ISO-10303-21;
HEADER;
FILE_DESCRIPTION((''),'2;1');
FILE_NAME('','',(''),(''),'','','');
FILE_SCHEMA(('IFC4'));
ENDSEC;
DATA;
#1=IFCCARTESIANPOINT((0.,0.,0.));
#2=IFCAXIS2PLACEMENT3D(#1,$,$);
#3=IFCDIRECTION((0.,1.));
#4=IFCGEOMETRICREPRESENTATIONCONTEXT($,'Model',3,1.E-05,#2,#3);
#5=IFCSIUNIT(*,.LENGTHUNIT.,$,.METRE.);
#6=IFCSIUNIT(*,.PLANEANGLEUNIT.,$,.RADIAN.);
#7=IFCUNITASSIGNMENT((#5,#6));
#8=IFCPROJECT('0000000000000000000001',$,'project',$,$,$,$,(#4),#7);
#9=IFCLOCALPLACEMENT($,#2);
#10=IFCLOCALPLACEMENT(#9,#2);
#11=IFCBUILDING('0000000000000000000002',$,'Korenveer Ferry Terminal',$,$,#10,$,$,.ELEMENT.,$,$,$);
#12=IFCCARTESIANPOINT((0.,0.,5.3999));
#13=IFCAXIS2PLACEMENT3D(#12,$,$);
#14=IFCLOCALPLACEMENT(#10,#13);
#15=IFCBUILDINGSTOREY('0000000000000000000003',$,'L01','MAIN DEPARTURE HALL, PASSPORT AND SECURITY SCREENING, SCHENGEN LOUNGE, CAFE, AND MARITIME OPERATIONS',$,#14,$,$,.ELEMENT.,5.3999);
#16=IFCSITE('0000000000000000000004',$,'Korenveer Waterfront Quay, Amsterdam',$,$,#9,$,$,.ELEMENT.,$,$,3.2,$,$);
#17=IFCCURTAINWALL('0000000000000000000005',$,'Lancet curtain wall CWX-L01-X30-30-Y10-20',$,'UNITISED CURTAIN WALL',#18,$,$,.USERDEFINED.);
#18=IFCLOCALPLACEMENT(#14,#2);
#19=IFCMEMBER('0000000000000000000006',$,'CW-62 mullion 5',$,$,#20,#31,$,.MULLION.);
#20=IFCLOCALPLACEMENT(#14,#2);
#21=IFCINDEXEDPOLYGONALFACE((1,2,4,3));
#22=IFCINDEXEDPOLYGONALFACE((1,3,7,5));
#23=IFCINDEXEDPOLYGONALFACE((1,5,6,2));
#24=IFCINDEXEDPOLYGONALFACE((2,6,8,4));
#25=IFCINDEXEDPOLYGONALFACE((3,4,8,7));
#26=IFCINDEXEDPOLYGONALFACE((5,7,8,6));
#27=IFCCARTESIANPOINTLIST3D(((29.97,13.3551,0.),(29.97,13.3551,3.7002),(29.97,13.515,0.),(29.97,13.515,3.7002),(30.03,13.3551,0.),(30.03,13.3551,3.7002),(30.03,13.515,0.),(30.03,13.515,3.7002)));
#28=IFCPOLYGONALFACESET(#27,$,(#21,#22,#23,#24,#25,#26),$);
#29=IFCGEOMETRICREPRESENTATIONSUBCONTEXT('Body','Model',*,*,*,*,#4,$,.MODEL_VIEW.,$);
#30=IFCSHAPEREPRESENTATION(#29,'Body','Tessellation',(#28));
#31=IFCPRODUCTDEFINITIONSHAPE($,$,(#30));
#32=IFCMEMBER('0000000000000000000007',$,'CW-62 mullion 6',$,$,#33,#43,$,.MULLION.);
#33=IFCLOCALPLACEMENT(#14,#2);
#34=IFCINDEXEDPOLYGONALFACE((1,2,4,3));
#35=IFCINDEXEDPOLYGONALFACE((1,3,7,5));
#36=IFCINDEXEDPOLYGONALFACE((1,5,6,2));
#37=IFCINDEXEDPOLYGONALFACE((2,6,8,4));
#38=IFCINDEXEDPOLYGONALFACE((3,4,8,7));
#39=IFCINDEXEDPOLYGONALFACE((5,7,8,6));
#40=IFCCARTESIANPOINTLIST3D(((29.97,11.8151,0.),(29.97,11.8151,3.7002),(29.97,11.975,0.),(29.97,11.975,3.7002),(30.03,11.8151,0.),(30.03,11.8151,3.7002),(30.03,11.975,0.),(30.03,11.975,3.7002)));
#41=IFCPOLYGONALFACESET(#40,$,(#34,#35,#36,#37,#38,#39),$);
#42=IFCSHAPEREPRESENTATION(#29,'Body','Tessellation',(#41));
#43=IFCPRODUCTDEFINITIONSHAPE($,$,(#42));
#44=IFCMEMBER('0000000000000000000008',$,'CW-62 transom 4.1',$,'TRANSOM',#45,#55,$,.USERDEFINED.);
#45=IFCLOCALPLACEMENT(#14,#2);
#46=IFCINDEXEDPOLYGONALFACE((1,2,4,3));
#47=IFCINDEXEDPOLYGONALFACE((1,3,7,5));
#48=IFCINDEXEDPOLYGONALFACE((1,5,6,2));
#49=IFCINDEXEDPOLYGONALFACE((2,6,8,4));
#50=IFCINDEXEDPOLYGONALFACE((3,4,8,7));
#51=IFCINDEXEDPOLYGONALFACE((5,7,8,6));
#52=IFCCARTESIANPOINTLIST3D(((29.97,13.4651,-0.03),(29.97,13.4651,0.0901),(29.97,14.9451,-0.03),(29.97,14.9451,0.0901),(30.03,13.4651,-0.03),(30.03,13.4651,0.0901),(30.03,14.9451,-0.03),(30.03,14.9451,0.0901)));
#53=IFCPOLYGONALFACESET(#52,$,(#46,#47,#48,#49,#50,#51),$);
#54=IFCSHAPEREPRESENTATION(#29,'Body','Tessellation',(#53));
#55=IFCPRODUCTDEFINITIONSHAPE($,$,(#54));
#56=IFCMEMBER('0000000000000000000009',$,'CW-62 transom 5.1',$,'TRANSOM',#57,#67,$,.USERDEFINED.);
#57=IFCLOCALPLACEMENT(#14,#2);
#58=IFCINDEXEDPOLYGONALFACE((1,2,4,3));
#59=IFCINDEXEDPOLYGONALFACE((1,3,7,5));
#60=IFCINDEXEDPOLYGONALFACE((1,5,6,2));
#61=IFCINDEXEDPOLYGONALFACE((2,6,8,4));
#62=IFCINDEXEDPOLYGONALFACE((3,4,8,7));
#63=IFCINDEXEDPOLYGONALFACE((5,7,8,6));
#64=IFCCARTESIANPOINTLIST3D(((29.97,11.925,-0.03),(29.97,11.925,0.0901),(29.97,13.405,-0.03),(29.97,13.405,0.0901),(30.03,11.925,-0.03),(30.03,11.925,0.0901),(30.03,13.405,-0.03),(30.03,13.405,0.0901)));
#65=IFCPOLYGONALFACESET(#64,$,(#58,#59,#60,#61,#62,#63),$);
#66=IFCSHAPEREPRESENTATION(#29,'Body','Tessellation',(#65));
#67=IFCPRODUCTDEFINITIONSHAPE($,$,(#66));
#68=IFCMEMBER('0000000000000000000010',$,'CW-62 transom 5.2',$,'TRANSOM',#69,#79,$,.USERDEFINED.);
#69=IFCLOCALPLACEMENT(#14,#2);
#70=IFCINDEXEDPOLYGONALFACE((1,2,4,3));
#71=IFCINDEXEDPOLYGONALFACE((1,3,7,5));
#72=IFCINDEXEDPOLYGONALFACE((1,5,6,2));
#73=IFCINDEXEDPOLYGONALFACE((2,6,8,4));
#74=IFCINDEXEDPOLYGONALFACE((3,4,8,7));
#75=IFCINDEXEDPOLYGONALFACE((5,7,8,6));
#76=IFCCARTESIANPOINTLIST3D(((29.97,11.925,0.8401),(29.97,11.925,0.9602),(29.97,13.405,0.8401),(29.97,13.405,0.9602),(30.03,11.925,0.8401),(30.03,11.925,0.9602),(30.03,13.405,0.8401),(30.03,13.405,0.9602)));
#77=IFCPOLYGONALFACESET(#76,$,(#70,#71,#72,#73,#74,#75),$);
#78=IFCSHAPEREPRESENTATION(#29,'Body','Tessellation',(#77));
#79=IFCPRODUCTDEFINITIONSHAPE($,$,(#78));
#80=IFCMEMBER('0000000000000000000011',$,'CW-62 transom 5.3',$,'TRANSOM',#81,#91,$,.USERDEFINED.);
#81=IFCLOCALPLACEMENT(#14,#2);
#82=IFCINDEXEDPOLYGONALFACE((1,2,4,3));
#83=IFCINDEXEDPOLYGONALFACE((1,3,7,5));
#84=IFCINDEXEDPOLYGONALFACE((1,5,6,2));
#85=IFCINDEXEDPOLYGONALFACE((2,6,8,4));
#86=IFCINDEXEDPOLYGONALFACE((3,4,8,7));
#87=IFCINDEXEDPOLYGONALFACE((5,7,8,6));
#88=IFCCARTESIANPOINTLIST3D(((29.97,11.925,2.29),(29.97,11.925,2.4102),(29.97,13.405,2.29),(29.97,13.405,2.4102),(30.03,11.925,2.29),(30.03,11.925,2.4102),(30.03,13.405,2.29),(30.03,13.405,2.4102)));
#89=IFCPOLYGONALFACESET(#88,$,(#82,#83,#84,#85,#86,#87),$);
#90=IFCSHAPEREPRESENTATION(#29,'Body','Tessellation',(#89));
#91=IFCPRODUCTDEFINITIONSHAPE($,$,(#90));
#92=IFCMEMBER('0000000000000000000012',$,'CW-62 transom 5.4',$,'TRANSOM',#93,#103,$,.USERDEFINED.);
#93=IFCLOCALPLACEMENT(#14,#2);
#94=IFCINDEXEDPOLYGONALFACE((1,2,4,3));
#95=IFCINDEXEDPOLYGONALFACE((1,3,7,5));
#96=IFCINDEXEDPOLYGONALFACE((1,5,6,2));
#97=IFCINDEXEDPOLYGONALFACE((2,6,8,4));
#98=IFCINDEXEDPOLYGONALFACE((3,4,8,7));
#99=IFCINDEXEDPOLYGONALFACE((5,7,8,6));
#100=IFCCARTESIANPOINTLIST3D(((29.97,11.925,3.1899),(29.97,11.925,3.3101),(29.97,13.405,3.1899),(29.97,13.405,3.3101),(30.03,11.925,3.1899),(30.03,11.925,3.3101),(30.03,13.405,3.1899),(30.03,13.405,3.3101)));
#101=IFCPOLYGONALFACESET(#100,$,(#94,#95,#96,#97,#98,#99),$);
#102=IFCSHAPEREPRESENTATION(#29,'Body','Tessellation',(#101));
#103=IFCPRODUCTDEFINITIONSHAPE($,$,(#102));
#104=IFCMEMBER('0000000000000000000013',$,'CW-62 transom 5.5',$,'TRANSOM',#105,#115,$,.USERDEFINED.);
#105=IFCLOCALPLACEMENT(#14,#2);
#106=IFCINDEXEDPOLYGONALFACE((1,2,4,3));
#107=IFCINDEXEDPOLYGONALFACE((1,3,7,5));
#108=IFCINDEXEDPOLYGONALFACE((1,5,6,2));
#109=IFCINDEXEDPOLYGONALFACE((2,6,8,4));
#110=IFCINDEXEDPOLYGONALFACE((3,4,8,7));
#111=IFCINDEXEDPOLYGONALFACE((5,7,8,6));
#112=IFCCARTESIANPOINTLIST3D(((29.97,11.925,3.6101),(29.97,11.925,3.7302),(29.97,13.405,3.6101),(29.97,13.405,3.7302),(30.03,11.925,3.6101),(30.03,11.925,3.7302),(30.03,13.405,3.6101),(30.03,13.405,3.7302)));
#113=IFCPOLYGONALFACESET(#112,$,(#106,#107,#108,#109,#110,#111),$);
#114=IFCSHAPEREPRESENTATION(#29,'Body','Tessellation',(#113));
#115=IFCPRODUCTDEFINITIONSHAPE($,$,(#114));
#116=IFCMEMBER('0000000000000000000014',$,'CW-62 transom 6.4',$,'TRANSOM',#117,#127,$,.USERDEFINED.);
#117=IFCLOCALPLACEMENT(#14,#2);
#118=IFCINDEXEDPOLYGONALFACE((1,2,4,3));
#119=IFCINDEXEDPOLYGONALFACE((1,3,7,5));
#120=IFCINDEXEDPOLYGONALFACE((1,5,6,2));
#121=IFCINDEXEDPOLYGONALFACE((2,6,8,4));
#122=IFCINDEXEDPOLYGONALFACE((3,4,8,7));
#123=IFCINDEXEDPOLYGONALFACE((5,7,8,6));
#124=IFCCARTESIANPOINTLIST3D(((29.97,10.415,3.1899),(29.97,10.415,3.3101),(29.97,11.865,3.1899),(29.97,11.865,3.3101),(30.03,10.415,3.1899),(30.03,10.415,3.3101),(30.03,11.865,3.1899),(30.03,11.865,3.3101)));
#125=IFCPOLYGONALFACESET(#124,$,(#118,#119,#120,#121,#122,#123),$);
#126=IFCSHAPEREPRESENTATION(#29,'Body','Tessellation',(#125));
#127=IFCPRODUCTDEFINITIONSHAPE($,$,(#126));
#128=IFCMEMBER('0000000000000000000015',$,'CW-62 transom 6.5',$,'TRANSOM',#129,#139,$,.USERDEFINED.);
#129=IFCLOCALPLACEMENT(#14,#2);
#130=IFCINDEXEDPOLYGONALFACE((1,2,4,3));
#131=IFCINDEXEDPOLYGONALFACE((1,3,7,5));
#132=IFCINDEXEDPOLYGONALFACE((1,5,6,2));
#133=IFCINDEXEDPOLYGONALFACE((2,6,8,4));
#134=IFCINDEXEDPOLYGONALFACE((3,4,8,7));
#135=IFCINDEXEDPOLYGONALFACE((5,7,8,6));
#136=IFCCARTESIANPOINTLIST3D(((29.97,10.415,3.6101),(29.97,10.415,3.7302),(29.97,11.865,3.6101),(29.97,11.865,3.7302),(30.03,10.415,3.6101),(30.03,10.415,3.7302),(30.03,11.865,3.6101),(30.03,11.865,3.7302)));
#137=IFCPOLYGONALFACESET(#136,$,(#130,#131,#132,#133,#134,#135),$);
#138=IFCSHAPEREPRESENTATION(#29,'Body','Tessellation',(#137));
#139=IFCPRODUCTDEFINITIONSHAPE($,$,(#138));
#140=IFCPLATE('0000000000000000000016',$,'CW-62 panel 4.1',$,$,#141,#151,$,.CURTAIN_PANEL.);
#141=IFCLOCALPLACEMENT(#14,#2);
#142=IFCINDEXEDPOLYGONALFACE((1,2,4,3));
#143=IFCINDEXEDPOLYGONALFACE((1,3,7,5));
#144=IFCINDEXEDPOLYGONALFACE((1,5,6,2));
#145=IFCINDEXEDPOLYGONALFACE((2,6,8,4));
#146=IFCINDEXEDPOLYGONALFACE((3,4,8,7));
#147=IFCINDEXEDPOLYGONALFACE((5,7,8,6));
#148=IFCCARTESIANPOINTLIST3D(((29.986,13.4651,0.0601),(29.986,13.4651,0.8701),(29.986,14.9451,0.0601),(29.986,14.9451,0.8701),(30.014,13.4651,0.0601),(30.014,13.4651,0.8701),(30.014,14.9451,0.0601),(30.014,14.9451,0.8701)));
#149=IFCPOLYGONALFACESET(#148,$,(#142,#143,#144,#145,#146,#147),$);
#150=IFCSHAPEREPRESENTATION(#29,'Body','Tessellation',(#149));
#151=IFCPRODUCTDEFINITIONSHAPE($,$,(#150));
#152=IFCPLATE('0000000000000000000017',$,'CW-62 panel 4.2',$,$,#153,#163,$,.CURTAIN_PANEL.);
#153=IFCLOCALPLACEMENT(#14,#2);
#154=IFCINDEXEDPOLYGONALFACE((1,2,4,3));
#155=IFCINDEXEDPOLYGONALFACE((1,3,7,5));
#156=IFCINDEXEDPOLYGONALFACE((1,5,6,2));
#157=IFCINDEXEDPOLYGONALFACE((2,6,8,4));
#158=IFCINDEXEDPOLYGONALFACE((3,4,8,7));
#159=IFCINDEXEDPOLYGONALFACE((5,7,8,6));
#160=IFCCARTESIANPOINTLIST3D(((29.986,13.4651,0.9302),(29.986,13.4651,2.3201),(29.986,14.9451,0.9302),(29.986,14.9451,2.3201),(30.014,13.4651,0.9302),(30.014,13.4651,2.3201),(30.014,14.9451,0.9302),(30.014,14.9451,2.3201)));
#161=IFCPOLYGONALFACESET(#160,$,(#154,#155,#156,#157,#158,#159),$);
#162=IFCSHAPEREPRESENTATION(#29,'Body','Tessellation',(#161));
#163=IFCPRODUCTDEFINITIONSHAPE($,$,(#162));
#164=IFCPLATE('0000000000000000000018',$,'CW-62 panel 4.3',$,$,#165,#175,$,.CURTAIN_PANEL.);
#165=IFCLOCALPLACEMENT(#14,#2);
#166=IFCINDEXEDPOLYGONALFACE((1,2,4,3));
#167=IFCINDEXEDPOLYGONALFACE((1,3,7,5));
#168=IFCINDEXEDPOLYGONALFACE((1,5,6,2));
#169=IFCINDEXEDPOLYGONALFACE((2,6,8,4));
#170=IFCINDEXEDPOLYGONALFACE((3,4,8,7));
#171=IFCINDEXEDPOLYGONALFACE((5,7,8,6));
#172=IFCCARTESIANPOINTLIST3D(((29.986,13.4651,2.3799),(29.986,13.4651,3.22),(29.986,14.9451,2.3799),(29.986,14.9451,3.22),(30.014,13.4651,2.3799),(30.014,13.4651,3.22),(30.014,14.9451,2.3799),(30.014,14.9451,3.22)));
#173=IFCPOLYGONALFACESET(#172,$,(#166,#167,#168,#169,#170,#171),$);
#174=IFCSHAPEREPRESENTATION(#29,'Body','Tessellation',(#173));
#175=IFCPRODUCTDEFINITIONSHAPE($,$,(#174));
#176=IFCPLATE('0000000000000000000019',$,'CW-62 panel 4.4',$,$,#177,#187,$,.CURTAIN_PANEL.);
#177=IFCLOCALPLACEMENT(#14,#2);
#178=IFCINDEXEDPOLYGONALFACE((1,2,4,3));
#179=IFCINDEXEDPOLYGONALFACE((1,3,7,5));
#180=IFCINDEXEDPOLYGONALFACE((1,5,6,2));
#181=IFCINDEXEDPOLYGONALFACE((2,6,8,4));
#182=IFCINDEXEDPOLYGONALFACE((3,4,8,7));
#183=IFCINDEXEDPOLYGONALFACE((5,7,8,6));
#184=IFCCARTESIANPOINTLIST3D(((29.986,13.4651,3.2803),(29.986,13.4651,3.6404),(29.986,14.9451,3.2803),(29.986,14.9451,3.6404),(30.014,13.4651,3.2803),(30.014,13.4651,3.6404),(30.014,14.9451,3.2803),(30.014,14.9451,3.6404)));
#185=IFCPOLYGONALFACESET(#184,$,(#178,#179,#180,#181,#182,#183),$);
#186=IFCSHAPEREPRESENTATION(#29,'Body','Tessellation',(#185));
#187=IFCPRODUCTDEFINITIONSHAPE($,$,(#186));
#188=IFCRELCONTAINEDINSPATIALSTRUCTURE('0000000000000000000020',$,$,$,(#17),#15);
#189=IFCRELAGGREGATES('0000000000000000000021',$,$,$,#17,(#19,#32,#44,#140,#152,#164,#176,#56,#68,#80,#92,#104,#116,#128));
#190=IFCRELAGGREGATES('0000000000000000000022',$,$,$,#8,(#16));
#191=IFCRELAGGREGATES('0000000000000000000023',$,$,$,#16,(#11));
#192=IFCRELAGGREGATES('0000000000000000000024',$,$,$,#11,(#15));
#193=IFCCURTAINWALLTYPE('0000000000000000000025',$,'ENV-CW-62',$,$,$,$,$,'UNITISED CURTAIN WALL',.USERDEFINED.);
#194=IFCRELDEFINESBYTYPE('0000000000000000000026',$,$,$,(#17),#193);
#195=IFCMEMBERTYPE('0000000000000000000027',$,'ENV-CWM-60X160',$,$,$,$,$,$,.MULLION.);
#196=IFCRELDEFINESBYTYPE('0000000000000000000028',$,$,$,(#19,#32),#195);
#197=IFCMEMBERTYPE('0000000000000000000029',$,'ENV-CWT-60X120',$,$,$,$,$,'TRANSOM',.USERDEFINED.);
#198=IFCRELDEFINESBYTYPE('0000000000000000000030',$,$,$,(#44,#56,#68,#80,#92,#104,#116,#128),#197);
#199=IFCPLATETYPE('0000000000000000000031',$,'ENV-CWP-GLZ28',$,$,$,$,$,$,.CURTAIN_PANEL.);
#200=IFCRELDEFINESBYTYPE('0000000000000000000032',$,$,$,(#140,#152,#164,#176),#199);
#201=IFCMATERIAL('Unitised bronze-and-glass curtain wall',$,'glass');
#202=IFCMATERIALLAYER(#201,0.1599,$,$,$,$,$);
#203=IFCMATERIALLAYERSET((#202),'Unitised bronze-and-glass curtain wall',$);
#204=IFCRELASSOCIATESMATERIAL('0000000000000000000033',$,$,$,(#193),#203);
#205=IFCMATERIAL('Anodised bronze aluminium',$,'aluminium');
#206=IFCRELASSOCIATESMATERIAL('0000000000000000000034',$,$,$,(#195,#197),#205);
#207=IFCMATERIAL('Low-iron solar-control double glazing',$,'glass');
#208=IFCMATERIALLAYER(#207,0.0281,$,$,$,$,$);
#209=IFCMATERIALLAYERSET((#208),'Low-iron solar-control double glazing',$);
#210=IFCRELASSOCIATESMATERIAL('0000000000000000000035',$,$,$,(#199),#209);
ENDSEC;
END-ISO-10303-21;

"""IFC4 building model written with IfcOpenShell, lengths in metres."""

from ifc_helpers import new_model, si_unit, direction, frame, origin, origin_2d, place, context, subcontext, project, spatial, rectangle, extrude, material, layer, layer_set, material_profile, profile_set, type_object, element, aggregate, save


model = new_model("IFC4")

# Units and contexts
model_context = context("Model", 3, precision=1e-05, world=origin(), true_north=direction((0.0, 1.0)))
body_context = subcontext(model_context, "Body", "Model", "MODEL_VIEW")
ifc_project = project(units=[si_unit("LENGTHUNIT", "METRE"), si_unit("PLANEANGLEUNIT", "RADIAN")], contexts=[model_context])

# Site, building, storey
site_placement = place(None, origin())
site = spatial("IfcSite", under=ifc_project, at=site_placement, Name="Korenveer Waterfront Quay, Amsterdam", CompositionType="ELEMENT", RefElevation=3.2)
building_placement = place(site_placement, origin())
building = spatial("IfcBuilding", under=site, at=building_placement, Name="Korenveer Ferry Terminal", CompositionType="ELEMENT")
storey_placement = place(building_placement, frame((0.0, 0.0, 5.3999)))
storey = spatial("IfcBuildingStorey", under=building, at=storey_placement, Name="L01", Description="MAIN DEPARTURE HALL, PASSPORT AND SECURITY SCREENING, SCHENGEN LOUNGE, CAFE, AND MARITIME OPERATIONS", CompositionType="ELEMENT", Elevation=5.3999)

# Curtain wall, members, plates
ifc_material_1 = material(Name="Unitised bronze-and-glass curtain wall", Category="glass")
ifc_layer_1 = layer(ifc_material_1, 0.1599)
ifc_layer_set_1 = layer_set([ifc_layer_1], Name="Unitised bronze-and-glass curtain wall")
curtain_wall_type = type_object("IfcCurtainWallType", Name="ENV-CW-62", ElementType="UNITISED CURTAIN WALL", PredefinedType="USERDEFINED", material=ifc_layer_set_1)
curtain_wall_placement = place(storey_placement, frame((30.0, 19.595, 0.0)))
curtain_wall = element("IfcCurtainWall", 1, at=curtain_wall_placement, inside=storey, type_object=curtain_wall_type, Name="Lancet curtain wall CWX-L01-X30-30-Y10-20", ObjectType="UNITISED CURTAIN WALL", PredefinedType="USERDEFINED")
ifc_material_2 = material(Name="Anodised bronze aluminium", Category="aluminium")
ifc_material_profile_1 = material_profile(ifc_material_2, rectangle(XDim=0.0601, YDim=0.1599, at=origin_2d()), Name="ALU 60x160")
ifc_profile_set_1 = profile_set([ifc_material_profile_1], Name="Anodised bronze aluminium")
member_type_1 = type_object("IfcMemberType", Name="ENV-CWM-60X160", PredefinedType="MULLION", material=ifc_profile_set_1)
member_1_placement = place(storey_placement, frame((30.0, 13.4351, 0.0), z_axis=(0.0, 0.0, 1.0), x_axis=(1.0, 0.0, 0.0)))
member_1 = element("IfcMember", 2, at=member_1_placement, type_object=member_type_1, Name="CW-62 mullion 5", PredefinedType="MULLION", context=body_context, shape_type="SweptSolid", body=[
    extrude(rectangle(XDim=0.0601, YDim=0.1599, at=origin_2d()), origin(), (0.0, 0.0, 1.0), 3.7002),
])
member_2_placement = place(storey_placement, frame((30.0, 11.895, 0.0), z_axis=(0.0, 0.0, 1.0), x_axis=(1.0, 0.0, 0.0)))
member_2 = element("IfcMember", 3, at=member_2_placement, type_object=member_type_1, Name="CW-62 mullion 6", PredefinedType="MULLION", context=body_context, shape_type="SweptSolid", body=[
    extrude(rectangle(XDim=0.0601, YDim=0.1599, at=origin_2d()), origin(), (0.0, 0.0, 1.0), 3.7002),
])
ifc_material_profile_2 = material_profile(ifc_material_2, rectangle(XDim=0.0601, YDim=0.1201, at=origin_2d()), Name="ALU 60x120")
ifc_profile_set_2 = profile_set([ifc_material_profile_2], Name="Anodised bronze aluminium")
member_type_2 = type_object("IfcMemberType", Name="ENV-CWT-60X120", ElementType="TRANSOM", PredefinedType="USERDEFINED", material=ifc_profile_set_2)
member_3_placement = place(storey_placement, frame((30.0, 14.9451, 0.03), z_axis=(0.0, -1.0, 0.0), x_axis=(1.0, 0.0, 0.0)))
member_3 = element("IfcMember", 4, at=member_3_placement, type_object=member_type_2, Name="CW-62 transom 4.1", ObjectType="TRANSOM", PredefinedType="USERDEFINED", context=body_context, shape_type="SweptSolid", body=[
    extrude(rectangle(XDim=0.0601, YDim=0.1201, at=origin_2d()), origin(), (0.0, 0.0, 1.0), 1.48),
])
member_4_placement = place(storey_placement, frame((30.0, 13.405, 0.03), z_axis=(0.0, -1.0, 0.0), x_axis=(1.0, 0.0, 0.0)))
member_4 = element("IfcMember", 5, at=member_4_placement, type_object=member_type_2, Name="CW-62 transom 5.1", ObjectType="TRANSOM", PredefinedType="USERDEFINED", context=body_context, shape_type="SweptSolid", body=[
    extrude(rectangle(XDim=0.0601, YDim=0.1201, at=origin_2d()), origin(), (0.0, 0.0, 1.0), 1.48),
])
member_5_placement = place(storey_placement, frame((30.0, 13.405, 0.9001), z_axis=(0.0, -1.0, 0.0), x_axis=(1.0, 0.0, 0.0)))
member_5 = element("IfcMember", 6, at=member_5_placement, type_object=member_type_2, Name="CW-62 transom 5.2", ObjectType="TRANSOM", PredefinedType="USERDEFINED", context=body_context, shape_type="SweptSolid", body=[
    extrude(rectangle(XDim=0.0601, YDim=0.1201, at=origin_2d()), origin(), (0.0, 0.0, 1.0), 1.48),
])
member_6_placement = place(storey_placement, frame((30.0, 13.405, 2.3501), z_axis=(0.0, -1.0, 0.0), x_axis=(1.0, 0.0, 0.0)))
member_6 = element("IfcMember", 7, at=member_6_placement, type_object=member_type_2, Name="CW-62 transom 5.3", ObjectType="TRANSOM", PredefinedType="USERDEFINED", context=body_context, shape_type="SweptSolid", body=[
    extrude(rectangle(XDim=0.0601, YDim=0.1201, at=origin_2d()), origin(), (0.0, 0.0, 1.0), 1.48),
])
member_7_placement = place(storey_placement, frame((30.0, 13.405, 3.25), z_axis=(0.0, -1.0, 0.0), x_axis=(1.0, 0.0, 0.0)))
member_7 = element("IfcMember", 8, at=member_7_placement, type_object=member_type_2, Name="CW-62 transom 5.4", ObjectType="TRANSOM", PredefinedType="USERDEFINED", context=body_context, shape_type="SweptSolid", body=[
    extrude(rectangle(XDim=0.0601, YDim=0.1201, at=origin_2d()), origin(), (0.0, 0.0, 1.0), 1.48),
])
member_8_placement = place(storey_placement, frame((30.0, 13.405, 3.6702), z_axis=(0.0, -1.0, 0.0), x_axis=(1.0, 0.0, 0.0)))
member_8 = element("IfcMember", 9, at=member_8_placement, type_object=member_type_2, Name="CW-62 transom 5.5", ObjectType="TRANSOM", PredefinedType="USERDEFINED", context=body_context, shape_type="SweptSolid", body=[
    extrude(rectangle(XDim=0.0601, YDim=0.1201, at=origin_2d()), origin(), (0.0, 0.0, 1.0), 1.48),
])
member_9_placement = place(storey_placement, frame((30.0, 11.865, 3.25), z_axis=(0.0, -1.0, 0.0), x_axis=(1.0, 0.0, 0.0)))
member_9 = element("IfcMember", 10, at=member_9_placement, type_object=member_type_2, Name="CW-62 transom 6.4", ObjectType="TRANSOM", PredefinedType="USERDEFINED", context=body_context, shape_type="SweptSolid", body=[
    extrude(rectangle(XDim=0.0601, YDim=0.1201, at=origin_2d()), origin(), (0.0, 0.0, 1.0), 1.45),
])
member_10_placement = place(storey_placement, frame((30.0, 11.865, 3.6702), z_axis=(0.0, -1.0, 0.0), x_axis=(1.0, 0.0, 0.0)))
member_10 = element("IfcMember", 11, at=member_10_placement, type_object=member_type_2, Name="CW-62 transom 6.5", ObjectType="TRANSOM", PredefinedType="USERDEFINED", context=body_context, shape_type="SweptSolid", body=[
    extrude(rectangle(XDim=0.0601, YDim=0.1201, at=origin_2d()), origin(), (0.0, 0.0, 1.0), 1.45),
])
ifc_material_3 = material(Name="Low-iron solar-control double glazing", Category="glass")
ifc_layer_2 = layer(ifc_material_3, 0.0281)
ifc_layer_set_2 = layer_set([ifc_layer_2], Name="Low-iron solar-control double glazing")
plate_type = type_object("IfcPlateType", Name="ENV-CWP-GLZ28", PredefinedType="CURTAIN_PANEL", material=ifc_layer_set_2)
plate_1_placement = place(storey_placement, frame((30.0, 14.2051, 0.0601), z_axis=(0.0, 0.0, 1.0), x_axis=(0.0, -1.0, 0.0)))
plate_1 = element("IfcPlate", 12, at=plate_1_placement, type_object=plate_type, Name="CW-62 panel 4.1", PredefinedType="CURTAIN_PANEL", context=body_context, shape_type="SweptSolid", body=[
    extrude(rectangle(XDim=1.48, YDim=0.0281, at=origin_2d()), origin(), (0.0, 0.0, 1.0), 0.8101),
])
plate_2_placement = place(storey_placement, frame((30.0, 14.2051, 0.9302), z_axis=(0.0, 0.0, 1.0), x_axis=(0.0, -1.0, 0.0)))
plate_2 = element("IfcPlate", 13, at=plate_2_placement, type_object=plate_type, Name="CW-62 panel 4.2", PredefinedType="CURTAIN_PANEL", context=body_context, shape_type="SweptSolid", body=[
    extrude(rectangle(XDim=1.48, YDim=0.0281, at=origin_2d()), origin(), (0.0, 0.0, 1.0), 1.3899),
])
plate_3_placement = place(storey_placement, frame((30.0, 14.2051, 2.3799), z_axis=(0.0, 0.0, 1.0), x_axis=(0.0, -1.0, 0.0)))
plate_3 = element("IfcPlate", 14, at=plate_3_placement, type_object=plate_type, Name="CW-62 panel 4.3", PredefinedType="CURTAIN_PANEL", context=body_context, shape_type="SweptSolid", body=[
    extrude(rectangle(XDim=1.48, YDim=0.0281, at=origin_2d()), origin(), (0.0, 0.0, 1.0), 0.8401),
])
plate_4_placement = place(storey_placement, frame((30.0, 14.2051, 3.2803), z_axis=(0.0, 0.0, 1.0), x_axis=(0.0, -1.0, 0.0)))
plate_4 = element("IfcPlate", 15, at=plate_4_placement, type_object=plate_type, Name="CW-62 panel 4.4", PredefinedType="CURTAIN_PANEL", context=body_context, shape_type="SweptSolid", body=[
    extrude(rectangle(XDim=1.48, YDim=0.0281, at=origin_2d()), origin(), (0.0, 0.0, 1.0), 0.3601),
])
aggregate(curtain_wall, [member_1, member_2, member_3, plate_1, plate_2, plate_3, plate_4, member_4, member_5, member_6, member_7, member_8, member_9, member_10])

save(model, "model.ifc")
